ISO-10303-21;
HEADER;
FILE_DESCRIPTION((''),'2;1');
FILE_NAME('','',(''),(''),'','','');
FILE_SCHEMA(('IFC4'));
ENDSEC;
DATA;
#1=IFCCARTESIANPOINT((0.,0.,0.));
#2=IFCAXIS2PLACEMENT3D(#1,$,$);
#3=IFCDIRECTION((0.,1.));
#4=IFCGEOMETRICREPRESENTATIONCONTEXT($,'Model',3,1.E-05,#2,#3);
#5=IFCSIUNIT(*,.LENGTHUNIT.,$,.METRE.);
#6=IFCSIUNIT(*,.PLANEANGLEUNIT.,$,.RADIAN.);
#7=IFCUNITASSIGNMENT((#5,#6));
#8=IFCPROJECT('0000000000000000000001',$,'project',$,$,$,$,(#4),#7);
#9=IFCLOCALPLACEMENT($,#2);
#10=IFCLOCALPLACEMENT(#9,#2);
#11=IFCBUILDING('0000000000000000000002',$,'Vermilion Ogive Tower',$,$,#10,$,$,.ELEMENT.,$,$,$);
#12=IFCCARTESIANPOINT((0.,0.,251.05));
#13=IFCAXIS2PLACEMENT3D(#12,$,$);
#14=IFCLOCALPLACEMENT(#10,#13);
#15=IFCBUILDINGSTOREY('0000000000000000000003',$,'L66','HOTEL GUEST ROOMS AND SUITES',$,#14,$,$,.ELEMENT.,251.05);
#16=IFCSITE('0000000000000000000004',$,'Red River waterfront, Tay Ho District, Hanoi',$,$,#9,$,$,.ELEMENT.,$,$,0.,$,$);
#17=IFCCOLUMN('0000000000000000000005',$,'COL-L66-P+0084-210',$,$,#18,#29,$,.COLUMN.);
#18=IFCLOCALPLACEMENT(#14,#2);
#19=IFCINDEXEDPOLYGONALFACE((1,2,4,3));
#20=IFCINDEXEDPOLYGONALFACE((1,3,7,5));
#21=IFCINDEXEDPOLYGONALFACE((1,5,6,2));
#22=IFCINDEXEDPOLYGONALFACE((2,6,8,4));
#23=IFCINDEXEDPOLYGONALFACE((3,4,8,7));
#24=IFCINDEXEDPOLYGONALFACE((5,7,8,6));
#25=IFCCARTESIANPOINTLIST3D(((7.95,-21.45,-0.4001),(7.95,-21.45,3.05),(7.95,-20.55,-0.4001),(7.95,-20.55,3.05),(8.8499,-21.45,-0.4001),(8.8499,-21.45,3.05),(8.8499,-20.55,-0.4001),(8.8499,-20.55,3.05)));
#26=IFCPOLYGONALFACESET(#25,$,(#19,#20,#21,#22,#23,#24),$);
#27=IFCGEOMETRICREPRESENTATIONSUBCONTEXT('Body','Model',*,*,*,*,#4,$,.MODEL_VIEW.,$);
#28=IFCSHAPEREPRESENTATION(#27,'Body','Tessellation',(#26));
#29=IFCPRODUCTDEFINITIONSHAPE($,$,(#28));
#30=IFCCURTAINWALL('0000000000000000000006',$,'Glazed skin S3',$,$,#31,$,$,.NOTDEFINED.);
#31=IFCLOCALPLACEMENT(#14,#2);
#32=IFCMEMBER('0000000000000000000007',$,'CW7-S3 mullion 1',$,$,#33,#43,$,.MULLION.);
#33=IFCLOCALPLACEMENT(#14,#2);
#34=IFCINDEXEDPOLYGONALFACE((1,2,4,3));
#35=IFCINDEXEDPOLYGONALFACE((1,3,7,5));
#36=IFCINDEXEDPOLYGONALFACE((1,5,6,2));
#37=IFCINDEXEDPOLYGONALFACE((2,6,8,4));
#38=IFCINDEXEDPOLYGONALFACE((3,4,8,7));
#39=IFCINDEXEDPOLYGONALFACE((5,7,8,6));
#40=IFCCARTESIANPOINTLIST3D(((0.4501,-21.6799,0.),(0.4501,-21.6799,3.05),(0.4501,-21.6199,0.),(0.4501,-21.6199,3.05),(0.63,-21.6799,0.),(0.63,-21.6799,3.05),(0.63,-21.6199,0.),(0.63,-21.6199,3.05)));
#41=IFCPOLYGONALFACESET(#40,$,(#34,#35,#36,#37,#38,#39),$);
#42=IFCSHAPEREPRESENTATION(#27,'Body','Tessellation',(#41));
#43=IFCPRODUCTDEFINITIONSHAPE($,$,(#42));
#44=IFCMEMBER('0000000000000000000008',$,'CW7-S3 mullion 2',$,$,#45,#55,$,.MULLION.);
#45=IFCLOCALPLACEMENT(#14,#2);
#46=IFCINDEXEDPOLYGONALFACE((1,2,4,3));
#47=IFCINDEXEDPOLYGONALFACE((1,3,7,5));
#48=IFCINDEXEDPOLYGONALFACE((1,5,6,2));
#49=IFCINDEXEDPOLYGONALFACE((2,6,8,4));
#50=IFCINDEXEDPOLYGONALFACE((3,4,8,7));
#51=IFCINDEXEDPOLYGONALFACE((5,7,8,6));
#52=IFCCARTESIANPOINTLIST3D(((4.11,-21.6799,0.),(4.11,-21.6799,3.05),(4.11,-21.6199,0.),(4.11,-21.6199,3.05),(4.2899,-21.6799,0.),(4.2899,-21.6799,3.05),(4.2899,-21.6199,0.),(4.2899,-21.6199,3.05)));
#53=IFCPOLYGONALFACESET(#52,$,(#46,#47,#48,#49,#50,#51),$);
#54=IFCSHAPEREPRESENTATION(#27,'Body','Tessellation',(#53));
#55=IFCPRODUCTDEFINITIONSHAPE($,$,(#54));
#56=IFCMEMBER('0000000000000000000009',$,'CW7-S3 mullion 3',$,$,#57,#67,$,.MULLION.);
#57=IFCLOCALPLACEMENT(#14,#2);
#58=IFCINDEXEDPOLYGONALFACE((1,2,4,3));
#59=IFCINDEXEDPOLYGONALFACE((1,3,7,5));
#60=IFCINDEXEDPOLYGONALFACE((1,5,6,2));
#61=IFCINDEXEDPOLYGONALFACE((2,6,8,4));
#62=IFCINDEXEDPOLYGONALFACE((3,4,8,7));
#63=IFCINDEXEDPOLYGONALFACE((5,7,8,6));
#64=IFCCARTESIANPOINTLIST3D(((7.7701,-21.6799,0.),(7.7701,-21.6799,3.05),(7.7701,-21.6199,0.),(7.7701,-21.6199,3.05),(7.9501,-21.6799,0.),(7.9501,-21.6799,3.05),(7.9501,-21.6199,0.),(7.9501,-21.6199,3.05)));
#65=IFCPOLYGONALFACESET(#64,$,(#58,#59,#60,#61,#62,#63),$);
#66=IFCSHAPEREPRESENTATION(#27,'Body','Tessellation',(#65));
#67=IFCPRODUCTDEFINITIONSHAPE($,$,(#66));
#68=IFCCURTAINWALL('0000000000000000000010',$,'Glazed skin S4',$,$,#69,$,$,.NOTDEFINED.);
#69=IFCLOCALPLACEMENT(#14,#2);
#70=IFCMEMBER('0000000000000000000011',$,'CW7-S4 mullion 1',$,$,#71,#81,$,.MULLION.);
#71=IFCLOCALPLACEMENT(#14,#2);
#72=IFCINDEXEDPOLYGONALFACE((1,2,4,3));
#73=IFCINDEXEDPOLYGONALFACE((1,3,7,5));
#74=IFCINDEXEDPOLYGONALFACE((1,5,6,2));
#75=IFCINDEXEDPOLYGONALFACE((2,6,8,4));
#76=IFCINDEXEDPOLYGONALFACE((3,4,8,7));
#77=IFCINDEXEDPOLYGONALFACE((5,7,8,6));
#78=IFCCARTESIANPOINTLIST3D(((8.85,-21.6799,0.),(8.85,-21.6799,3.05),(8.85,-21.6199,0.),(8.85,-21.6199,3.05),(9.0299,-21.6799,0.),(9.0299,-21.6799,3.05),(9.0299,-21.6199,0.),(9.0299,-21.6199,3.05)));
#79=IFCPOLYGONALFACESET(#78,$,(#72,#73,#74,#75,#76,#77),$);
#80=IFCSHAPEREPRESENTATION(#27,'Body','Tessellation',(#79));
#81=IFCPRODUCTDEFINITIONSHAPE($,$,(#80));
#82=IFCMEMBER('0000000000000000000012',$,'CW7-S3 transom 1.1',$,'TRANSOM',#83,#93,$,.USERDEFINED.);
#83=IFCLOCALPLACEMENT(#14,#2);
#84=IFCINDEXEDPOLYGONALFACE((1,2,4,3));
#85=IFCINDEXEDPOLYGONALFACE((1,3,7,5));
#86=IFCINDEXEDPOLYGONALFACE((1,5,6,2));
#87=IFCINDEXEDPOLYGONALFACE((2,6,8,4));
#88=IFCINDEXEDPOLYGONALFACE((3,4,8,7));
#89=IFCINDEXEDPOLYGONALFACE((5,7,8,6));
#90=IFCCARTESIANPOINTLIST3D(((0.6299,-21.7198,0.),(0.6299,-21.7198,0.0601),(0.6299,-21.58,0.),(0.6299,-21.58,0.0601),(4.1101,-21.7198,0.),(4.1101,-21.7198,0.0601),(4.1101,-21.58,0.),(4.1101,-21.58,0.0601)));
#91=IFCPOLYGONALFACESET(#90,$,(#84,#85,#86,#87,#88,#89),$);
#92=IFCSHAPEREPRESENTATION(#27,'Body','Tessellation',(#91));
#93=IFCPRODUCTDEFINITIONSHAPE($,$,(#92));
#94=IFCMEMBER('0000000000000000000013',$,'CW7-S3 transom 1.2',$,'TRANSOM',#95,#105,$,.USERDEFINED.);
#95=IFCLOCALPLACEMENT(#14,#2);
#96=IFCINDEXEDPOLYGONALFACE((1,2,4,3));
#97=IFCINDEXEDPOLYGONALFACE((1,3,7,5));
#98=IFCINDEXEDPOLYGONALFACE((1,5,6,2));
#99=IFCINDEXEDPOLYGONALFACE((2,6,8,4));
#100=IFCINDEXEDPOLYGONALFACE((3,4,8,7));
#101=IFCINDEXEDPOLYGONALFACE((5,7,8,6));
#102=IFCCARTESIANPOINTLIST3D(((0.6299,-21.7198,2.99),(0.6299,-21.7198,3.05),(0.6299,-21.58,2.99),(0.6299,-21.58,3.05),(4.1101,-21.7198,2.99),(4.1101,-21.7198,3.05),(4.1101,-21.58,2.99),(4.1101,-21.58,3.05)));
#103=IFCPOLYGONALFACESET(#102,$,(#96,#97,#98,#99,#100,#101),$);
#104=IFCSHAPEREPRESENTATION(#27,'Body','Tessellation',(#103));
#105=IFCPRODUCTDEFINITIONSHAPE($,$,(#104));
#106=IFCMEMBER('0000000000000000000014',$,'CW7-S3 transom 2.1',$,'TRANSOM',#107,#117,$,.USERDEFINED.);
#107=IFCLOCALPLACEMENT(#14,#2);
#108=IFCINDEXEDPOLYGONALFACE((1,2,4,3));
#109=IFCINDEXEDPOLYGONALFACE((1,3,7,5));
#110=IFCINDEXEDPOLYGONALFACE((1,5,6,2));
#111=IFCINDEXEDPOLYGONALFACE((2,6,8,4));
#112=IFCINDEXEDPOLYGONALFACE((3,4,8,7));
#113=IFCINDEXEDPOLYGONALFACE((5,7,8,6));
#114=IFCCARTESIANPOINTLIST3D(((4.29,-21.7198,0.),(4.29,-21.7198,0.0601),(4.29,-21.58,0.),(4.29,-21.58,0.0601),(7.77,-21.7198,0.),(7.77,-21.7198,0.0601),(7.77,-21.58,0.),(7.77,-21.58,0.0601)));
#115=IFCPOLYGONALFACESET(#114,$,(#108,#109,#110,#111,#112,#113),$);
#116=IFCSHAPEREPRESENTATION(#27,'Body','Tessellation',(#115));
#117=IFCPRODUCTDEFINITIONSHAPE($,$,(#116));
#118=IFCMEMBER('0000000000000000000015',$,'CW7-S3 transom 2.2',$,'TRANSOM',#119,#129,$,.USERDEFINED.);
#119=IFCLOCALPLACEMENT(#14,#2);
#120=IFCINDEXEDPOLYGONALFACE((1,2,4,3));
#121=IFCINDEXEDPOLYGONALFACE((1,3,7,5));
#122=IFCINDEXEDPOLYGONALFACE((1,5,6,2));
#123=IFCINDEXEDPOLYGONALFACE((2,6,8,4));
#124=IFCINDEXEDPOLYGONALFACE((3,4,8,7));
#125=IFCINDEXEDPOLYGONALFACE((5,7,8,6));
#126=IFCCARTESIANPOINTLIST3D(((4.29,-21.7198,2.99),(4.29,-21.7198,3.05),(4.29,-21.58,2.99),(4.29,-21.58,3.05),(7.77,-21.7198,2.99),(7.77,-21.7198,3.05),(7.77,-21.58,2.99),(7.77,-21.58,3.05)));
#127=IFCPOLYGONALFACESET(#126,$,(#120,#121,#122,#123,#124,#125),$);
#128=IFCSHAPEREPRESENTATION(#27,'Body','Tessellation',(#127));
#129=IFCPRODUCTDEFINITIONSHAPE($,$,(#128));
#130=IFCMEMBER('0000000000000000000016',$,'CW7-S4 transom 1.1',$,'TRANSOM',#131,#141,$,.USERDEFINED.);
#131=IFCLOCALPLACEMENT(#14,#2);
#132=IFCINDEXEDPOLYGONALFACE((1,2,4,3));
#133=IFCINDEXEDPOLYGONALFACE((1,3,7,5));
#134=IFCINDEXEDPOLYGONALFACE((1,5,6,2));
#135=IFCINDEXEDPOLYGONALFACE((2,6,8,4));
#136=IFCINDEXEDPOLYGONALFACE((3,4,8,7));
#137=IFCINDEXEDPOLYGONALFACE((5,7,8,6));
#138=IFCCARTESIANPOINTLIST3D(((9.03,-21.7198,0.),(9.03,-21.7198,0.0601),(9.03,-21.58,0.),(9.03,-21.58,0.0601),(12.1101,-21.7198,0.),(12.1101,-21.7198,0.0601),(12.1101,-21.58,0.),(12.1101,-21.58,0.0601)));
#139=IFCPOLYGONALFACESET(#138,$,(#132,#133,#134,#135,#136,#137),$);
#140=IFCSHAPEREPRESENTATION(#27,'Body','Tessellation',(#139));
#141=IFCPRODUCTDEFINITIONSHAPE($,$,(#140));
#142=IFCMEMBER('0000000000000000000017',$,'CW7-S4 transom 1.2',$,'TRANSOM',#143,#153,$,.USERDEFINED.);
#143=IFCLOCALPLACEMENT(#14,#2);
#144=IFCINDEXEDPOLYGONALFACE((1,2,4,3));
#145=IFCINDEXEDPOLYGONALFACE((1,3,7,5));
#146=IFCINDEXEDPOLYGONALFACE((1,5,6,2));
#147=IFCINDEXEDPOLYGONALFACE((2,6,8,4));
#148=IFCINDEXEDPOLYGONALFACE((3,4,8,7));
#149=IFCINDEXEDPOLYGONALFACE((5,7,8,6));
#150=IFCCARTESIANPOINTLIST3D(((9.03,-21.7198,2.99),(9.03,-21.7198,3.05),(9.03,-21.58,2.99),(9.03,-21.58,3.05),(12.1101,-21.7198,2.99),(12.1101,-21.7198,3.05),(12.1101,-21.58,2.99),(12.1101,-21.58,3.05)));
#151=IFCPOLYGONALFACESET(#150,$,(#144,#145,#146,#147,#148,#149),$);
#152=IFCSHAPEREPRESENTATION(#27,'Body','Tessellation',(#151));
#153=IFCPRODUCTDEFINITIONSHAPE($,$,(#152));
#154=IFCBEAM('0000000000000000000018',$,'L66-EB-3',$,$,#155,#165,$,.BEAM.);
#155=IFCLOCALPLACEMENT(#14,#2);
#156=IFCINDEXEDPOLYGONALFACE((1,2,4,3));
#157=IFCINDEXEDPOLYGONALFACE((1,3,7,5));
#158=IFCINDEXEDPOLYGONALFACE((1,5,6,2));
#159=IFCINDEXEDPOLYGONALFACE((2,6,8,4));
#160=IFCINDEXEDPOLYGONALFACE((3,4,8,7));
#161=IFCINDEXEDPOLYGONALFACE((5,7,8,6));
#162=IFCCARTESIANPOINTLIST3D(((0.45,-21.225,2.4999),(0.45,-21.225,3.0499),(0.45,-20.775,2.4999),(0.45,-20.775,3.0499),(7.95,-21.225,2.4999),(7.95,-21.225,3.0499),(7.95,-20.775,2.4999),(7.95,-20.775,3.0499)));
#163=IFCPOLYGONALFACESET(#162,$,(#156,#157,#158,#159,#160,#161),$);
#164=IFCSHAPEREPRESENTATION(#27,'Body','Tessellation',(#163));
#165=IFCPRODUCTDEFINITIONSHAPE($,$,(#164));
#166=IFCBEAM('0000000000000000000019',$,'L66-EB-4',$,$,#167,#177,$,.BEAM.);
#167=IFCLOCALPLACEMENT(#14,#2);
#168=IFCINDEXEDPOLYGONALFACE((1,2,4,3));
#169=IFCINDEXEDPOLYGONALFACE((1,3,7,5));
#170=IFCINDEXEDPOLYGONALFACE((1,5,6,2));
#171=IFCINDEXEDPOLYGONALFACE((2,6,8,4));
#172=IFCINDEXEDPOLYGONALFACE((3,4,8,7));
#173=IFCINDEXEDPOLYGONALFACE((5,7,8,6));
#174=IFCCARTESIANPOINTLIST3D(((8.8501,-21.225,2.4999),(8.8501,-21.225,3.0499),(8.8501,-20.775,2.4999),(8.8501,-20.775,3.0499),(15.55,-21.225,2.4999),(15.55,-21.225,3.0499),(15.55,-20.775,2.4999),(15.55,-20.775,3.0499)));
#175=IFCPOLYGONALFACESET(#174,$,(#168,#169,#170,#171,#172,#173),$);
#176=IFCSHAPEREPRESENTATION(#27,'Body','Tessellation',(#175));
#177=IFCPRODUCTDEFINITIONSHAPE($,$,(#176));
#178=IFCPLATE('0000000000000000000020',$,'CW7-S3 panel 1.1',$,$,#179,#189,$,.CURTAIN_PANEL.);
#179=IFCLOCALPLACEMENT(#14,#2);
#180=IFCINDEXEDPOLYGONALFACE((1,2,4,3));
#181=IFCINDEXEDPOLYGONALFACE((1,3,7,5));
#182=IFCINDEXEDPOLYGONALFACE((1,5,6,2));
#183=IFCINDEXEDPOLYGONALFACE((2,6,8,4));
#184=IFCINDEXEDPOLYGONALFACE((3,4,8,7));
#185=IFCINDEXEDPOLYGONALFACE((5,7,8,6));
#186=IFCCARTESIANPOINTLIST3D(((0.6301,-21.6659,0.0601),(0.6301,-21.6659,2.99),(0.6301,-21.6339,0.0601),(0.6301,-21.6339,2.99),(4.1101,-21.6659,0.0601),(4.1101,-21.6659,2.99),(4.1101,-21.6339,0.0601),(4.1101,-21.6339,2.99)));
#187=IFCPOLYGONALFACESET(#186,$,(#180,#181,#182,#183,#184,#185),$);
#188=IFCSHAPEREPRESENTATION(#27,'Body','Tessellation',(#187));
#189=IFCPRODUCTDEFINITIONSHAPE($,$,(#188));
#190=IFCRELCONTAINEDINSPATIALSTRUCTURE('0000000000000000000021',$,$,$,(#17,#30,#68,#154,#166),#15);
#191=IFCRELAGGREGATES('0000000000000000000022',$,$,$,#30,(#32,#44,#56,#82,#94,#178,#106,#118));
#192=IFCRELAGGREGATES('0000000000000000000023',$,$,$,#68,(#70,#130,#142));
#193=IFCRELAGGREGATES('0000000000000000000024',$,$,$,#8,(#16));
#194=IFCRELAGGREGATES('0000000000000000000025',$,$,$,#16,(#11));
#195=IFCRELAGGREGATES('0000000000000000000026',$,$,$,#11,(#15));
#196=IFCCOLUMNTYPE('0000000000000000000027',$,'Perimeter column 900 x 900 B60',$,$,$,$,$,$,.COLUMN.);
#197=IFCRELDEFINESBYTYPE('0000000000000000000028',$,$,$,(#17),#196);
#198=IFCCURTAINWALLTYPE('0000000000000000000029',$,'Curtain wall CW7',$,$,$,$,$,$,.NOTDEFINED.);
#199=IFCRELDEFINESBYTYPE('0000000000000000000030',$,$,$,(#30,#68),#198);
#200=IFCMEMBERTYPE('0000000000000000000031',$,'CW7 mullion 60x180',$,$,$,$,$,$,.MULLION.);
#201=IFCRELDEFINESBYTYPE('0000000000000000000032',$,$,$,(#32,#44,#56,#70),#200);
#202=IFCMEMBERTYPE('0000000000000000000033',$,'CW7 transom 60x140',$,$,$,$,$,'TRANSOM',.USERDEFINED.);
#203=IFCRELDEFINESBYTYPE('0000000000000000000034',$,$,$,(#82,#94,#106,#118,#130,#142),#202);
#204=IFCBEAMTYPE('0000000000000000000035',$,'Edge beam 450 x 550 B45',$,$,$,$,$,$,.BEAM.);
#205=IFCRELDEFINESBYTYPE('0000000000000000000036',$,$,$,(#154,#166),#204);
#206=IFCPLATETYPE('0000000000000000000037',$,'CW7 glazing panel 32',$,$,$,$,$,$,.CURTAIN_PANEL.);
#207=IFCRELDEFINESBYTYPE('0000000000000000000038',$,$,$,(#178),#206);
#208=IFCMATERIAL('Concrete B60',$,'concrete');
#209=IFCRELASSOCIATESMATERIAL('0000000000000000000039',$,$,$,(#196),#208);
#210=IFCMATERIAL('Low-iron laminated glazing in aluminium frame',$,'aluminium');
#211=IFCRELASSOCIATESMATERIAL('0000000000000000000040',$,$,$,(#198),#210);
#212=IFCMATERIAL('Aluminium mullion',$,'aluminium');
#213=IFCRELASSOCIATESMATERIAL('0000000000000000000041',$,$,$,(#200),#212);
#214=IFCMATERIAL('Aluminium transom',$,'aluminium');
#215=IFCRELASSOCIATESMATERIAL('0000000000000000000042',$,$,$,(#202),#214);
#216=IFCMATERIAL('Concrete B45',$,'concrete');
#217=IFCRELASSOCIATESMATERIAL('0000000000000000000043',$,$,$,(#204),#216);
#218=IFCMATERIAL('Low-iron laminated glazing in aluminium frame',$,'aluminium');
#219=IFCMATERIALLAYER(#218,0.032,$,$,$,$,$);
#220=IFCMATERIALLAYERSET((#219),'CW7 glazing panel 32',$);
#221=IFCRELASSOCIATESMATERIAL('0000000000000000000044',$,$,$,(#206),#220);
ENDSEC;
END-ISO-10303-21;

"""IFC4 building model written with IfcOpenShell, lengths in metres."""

from ifc_helpers import new_model, si_unit, direction, frame, origin, origin_2d, place, context, subcontext, project, spatial, rectangle, extrude, material, layer, layer_set, material_profile, profile_set, type_object, element, aggregate, save


model = new_model("IFC4")

# Units and contexts
model_context = context("Model", 3, precision=1e-05, world=origin(), true_north=direction((0.0, 1.0)))
body_context = subcontext(model_context, "Body", "Model", "MODEL_VIEW")
ifc_project = project(units=[si_unit("LENGTHUNIT", "METRE"), si_unit("PLANEANGLEUNIT", "RADIAN")], contexts=[model_context])

# Site, building, storey
site_placement = place(None, origin())
site = spatial("IfcSite", under=ifc_project, at=site_placement, Name="Red River waterfront, Tay Ho District, Hanoi", CompositionType="ELEMENT", RefElevation=0.0)
building_placement = place(site_placement, origin())
building = spatial("IfcBuilding", under=site, at=building_placement, Name="Vermilion Ogive Tower", CompositionType="ELEMENT")
storey_placement = place(building_placement, frame((0.0, 0.0, 251.05)))
storey = spatial("IfcBuildingStorey", under=building, at=storey_placement, Name="L66", Description="HOTEL GUEST ROOMS AND SUITES", CompositionType="ELEMENT", Elevation=251.05)

# Column
ifc_material_1 = material(Name="Concrete B60", Category="concrete")
ifc_material_profile_1 = material_profile(ifc_material_1, rectangle(XDim=0.8999, YDim=0.8999, at=origin_2d()), Name="900 x 900")
ifc_profile_set_1 = profile_set([ifc_material_profile_1], Name="Concrete B60")
column_type = type_object("IfcColumnType", Name="Perimeter column 900 x 900 B60", PredefinedType="COLUMN", material=ifc_profile_set_1)
column_placement = place(storey_placement, frame((8.3999, -21.0, -0.4001), z_axis=(0.0, 0.0, 1.0), x_axis=(1.0, 0.0, 0.0)))
element("IfcColumn", 1, at=column_placement, inside=storey, type_object=column_type, Name="COL-L66-P+0084-210", PredefinedType="COLUMN", context=body_context, shape_type="SweptSolid", body=[
    extrude(rectangle(XDim=0.8999, YDim=0.8999, at=origin_2d()), origin(), (0.0, 0.0, 1.0), 3.4502),
])

# Curtain wall, members
ifc_material_2 = material(Name="Low-iron laminated glazing in aluminium frame", Category="aluminium")
curtain_wall_type = type_object("IfcCurtainWallType", Name="Curtain wall CW7", PredefinedType="NOTDEFINED", material=ifc_material_2)
curtain_wall_1_placement = place(storey_placement, origin())
curtain_wall_1 = element("IfcCurtainWall", 2, at=curtain_wall_1_placement, inside=storey, type_object=curtain_wall_type, Name="Glazed skin S3", PredefinedType="NOTDEFINED")
ifc_material_3 = material(Name="Aluminium mullion", Category="aluminium")
ifc_material_profile_2 = material_profile(ifc_material_3, rectangle(XDim=0.0601, YDim=0.1799, at=origin_2d()), Name="AL 60x180")
ifc_profile_set_2 = profile_set([ifc_material_profile_2], Name="Aluminium mullion")
member_type_1 = type_object("IfcMemberType", Name="CW7 mullion 60x180", PredefinedType="MULLION", material=ifc_profile_set_2)
member_1_placement = place(storey_placement, frame((0.54, -21.6499, 0.0), z_axis=(0.0, 0.0, 1.0), x_axis=(0.0, 1.0, 0.0)))
member_1 = element("IfcMember", 3, at=member_1_placement, type_object=member_type_1, Name="CW7-S3 mullion 1", PredefinedType="MULLION", context=body_context, shape_type="SweptSolid", body=[
    extrude(rectangle(XDim=0.0601, YDim=0.1799, at=origin_2d()), origin(), (0.0, 0.0, 1.0), 3.05),
])
member_2_placement = place(storey_placement, frame((4.2, -21.6499, 0.0), z_axis=(0.0, 0.0, 1.0), x_axis=(0.0, 1.0, 0.0)))
member_2 = element("IfcMember", 4, at=member_2_placement, type_object=member_type_1, Name="CW7-S3 mullion 2", PredefinedType="MULLION", context=body_context, shape_type="SweptSolid", body=[
    extrude(rectangle(XDim=0.0601, YDim=0.1799, at=origin_2d()), origin(), (0.0, 0.0, 1.0), 3.05),
])
member_3_placement = place(storey_placement, frame((7.8601, -21.6499, 0.0), z_axis=(0.0, 0.0, 1.0), x_axis=(0.0, 1.0, 0.0)))
member_3 = element("IfcMember", 5, at=member_3_placement, type_object=member_type_1, Name="CW7-S3 mullion 3", PredefinedType="MULLION", context=body_context, shape_type="SweptSolid", body=[
    extrude(rectangle(XDim=0.0601, YDim=0.1799, at=origin_2d()), origin(), (0.0, 0.0, 1.0), 3.05),
])

# Curtain wall, member
curtain_wall_2_placement = place(storey_placement, origin())
curtain_wall_2 = element("IfcCurtainWall", 6, at=curtain_wall_2_placement, inside=storey, type_object=curtain_wall_type, Name="Glazed skin S4", PredefinedType="NOTDEFINED")
member_4_placement = place(storey_placement, frame((8.9399, -21.6499, 0.0), z_axis=(0.0, 0.0, 1.0), x_axis=(0.0, 1.0, 0.0)))
member_4 = element("IfcMember", 7, at=member_4_placement, type_object=member_type_1, Name="CW7-S4 mullion 1", PredefinedType="MULLION", context=body_context, shape_type="SweptSolid", body=[
    extrude(rectangle(XDim=0.0601, YDim=0.1799, at=origin_2d()), origin(), (0.0, 0.0, 1.0), 3.05),
])

# Members
ifc_material_4 = material(Name="Aluminium transom", Category="aluminium")
ifc_material_profile_3 = material_profile(ifc_material_4, rectangle(XDim=0.1399, YDim=0.0601, at=origin_2d()), Name="AL 60x140")
ifc_profile_set_3 = profile_set([ifc_material_profile_3], Name="Aluminium transom")
member_type_2 = type_object("IfcMemberType", Name="CW7 transom 60x140", ElementType="TRANSOM", PredefinedType="USERDEFINED", material=ifc_profile_set_3)
member_5_placement = place(storey_placement, frame((0.6299, -21.6499, 0.03), z_axis=(1.0, 0.0, 0.0), x_axis=(0.0, 1.0, 0.0)))
member_5 = element("IfcMember", 8, at=member_5_placement, type_object=member_type_2, Name="CW7-S3 transom 1.1", ObjectType="TRANSOM", PredefinedType="USERDEFINED", context=body_context, shape_type="SweptSolid", body=[
    extrude(rectangle(XDim=0.1399, YDim=0.0601, at=origin_2d()), origin(), (0.0, 0.0, 1.0), 3.4802),
])
member_6_placement = place(storey_placement, frame((0.6299, -21.6499, 3.02), z_axis=(1.0, 0.0, 0.0), x_axis=(0.0, 1.0, 0.0)))
member_6 = element("IfcMember", 9, at=member_6_placement, type_object=member_type_2, Name="CW7-S3 transom 1.2", ObjectType="TRANSOM", PredefinedType="USERDEFINED", context=body_context, shape_type="SweptSolid", body=[
    extrude(rectangle(XDim=0.1399, YDim=0.0601, at=origin_2d()), origin(), (0.0, 0.0, 1.0), 3.4802),
])
member_7_placement = place(storey_placement, frame((4.29, -21.6499, 0.03), z_axis=(1.0, 0.0, 0.0), x_axis=(0.0, 1.0, 0.0)))
member_7 = element("IfcMember", 10, at=member_7_placement, type_object=member_type_2, Name="CW7-S3 transom 2.1", ObjectType="TRANSOM", PredefinedType="USERDEFINED", context=body_context, shape_type="SweptSolid", body=[
    extrude(rectangle(XDim=0.1399, YDim=0.0601, at=origin_2d()), origin(), (0.0, 0.0, 1.0), 3.48),
])
member_8_placement = place(storey_placement, frame((4.29, -21.6499, 3.02), z_axis=(1.0, 0.0, 0.0), x_axis=(0.0, 1.0, 0.0)))
member_8 = element("IfcMember", 11, at=member_8_placement, type_object=member_type_2, Name="CW7-S3 transom 2.2", ObjectType="TRANSOM", PredefinedType="USERDEFINED", context=body_context, shape_type="SweptSolid", body=[
    extrude(rectangle(XDim=0.1399, YDim=0.0601, at=origin_2d()), origin(), (0.0, 0.0, 1.0), 3.48),
])
member_9_placement = place(storey_placement, frame((9.03, -21.6499, 0.03), z_axis=(1.0, 0.0, 0.0), x_axis=(0.0, 1.0, 0.0)))
member_9 = element("IfcMember", 12, at=member_9_placement, type_object=member_type_2, Name="CW7-S4 transom 1.1", ObjectType="TRANSOM", PredefinedType="USERDEFINED", context=body_context, shape_type="SweptSolid", body=[
    extrude(rectangle(XDim=0.1399, YDim=0.0601, at=origin_2d()), origin(), (0.0, 0.0, 1.0), 3.0801),
])
member_10_placement = place(storey_placement, frame((9.03, -21.6499, 3.02), z_axis=(1.0, 0.0, 0.0), x_axis=(0.0, 1.0, 0.0)))
member_10 = element("IfcMember", 13, at=member_10_placement, type_object=member_type_2, Name="CW7-S4 transom 1.2", ObjectType="TRANSOM", PredefinedType="USERDEFINED", context=body_context, shape_type="SweptSolid", body=[
    extrude(rectangle(XDim=0.1399, YDim=0.0601, at=origin_2d()), origin(), (0.0, 0.0, 1.0), 3.0801),
])

# Beams
ifc_material_5 = material(Name="Concrete B45", Category="concrete")
ifc_material_profile_4 = material_profile(ifc_material_5, rectangle(XDim=0.45, YDim=0.55, at=origin_2d()), Name="450 x 550")
ifc_profile_set_4 = profile_set([ifc_material_profile_4], Name="Concrete B45")
beam_type = type_object("IfcBeamType", Name="Edge beam 450 x 550 B45", PredefinedType="BEAM", material=ifc_profile_set_4)
beam_1_placement = place(storey_placement, frame((0.45, -21.0, 2.7749), z_axis=(1.0, 0.0, 0.0), x_axis=(0.0, 1.0, 0.0)))
element("IfcBeam", 14, at=beam_1_placement, inside=storey, type_object=beam_type, Name="L66-EB-3", PredefinedType="BEAM", context=body_context, shape_type="SweptSolid", body=[
    extrude(rectangle(XDim=0.45, YDim=0.55, at=origin_2d()), origin(), (0.0, 0.0, 1.0), 7.5),
])
beam_2_placement = place(storey_placement, frame((8.8501, -21.0, 2.7749), z_axis=(1.0, 0.0, 0.0), x_axis=(0.0, 1.0, 0.0)))
element("IfcBeam", 15, at=beam_2_placement, inside=storey, type_object=beam_type, Name="L66-EB-4", PredefinedType="BEAM", context=body_context, shape_type="SweptSolid", body=[
    extrude(rectangle(XDim=0.45, YDim=0.55, at=origin_2d()), origin(), (0.0, 0.0, 1.0), 6.7),
])

# Plate
ifc_material_6 = material(Name="Low-iron laminated glazing in aluminium frame", Category="aluminium")
ifc_layer_1 = layer(ifc_material_6, 0.032)
ifc_layer_set_1 = layer_set([ifc_layer_1], Name="CW7 glazing panel 32")
plate_type = type_object("IfcPlateType", Name="CW7 glazing panel 32", PredefinedType="CURTAIN_PANEL", material=ifc_layer_set_1)
plate_1_placement = place(storey_placement, frame((2.3701, -21.6499, 0.0601), z_axis=(0.0, 0.0, 1.0), x_axis=(1.0, 0.0, 0.0)))
plate_1 = element("IfcPlate", 16, at=plate_1_placement, type_object=plate_type, Name="CW7-S3 panel 1.1", PredefinedType="CURTAIN_PANEL", context=body_context, shape_type="SweptSolid", body=[
    extrude(rectangle(XDim=3.48, YDim=0.032, at=origin_2d()), origin(), (0.0, 0.0, 1.0), 2.9299),
])
aggregate(curtain_wall_1, [member_1, member_2, member_3, member_5, member_6, plate_1, member_7, member_8])
aggregate(curtain_wall_2, [member_4, member_9, member_10])

save(model, "model.ifc")
